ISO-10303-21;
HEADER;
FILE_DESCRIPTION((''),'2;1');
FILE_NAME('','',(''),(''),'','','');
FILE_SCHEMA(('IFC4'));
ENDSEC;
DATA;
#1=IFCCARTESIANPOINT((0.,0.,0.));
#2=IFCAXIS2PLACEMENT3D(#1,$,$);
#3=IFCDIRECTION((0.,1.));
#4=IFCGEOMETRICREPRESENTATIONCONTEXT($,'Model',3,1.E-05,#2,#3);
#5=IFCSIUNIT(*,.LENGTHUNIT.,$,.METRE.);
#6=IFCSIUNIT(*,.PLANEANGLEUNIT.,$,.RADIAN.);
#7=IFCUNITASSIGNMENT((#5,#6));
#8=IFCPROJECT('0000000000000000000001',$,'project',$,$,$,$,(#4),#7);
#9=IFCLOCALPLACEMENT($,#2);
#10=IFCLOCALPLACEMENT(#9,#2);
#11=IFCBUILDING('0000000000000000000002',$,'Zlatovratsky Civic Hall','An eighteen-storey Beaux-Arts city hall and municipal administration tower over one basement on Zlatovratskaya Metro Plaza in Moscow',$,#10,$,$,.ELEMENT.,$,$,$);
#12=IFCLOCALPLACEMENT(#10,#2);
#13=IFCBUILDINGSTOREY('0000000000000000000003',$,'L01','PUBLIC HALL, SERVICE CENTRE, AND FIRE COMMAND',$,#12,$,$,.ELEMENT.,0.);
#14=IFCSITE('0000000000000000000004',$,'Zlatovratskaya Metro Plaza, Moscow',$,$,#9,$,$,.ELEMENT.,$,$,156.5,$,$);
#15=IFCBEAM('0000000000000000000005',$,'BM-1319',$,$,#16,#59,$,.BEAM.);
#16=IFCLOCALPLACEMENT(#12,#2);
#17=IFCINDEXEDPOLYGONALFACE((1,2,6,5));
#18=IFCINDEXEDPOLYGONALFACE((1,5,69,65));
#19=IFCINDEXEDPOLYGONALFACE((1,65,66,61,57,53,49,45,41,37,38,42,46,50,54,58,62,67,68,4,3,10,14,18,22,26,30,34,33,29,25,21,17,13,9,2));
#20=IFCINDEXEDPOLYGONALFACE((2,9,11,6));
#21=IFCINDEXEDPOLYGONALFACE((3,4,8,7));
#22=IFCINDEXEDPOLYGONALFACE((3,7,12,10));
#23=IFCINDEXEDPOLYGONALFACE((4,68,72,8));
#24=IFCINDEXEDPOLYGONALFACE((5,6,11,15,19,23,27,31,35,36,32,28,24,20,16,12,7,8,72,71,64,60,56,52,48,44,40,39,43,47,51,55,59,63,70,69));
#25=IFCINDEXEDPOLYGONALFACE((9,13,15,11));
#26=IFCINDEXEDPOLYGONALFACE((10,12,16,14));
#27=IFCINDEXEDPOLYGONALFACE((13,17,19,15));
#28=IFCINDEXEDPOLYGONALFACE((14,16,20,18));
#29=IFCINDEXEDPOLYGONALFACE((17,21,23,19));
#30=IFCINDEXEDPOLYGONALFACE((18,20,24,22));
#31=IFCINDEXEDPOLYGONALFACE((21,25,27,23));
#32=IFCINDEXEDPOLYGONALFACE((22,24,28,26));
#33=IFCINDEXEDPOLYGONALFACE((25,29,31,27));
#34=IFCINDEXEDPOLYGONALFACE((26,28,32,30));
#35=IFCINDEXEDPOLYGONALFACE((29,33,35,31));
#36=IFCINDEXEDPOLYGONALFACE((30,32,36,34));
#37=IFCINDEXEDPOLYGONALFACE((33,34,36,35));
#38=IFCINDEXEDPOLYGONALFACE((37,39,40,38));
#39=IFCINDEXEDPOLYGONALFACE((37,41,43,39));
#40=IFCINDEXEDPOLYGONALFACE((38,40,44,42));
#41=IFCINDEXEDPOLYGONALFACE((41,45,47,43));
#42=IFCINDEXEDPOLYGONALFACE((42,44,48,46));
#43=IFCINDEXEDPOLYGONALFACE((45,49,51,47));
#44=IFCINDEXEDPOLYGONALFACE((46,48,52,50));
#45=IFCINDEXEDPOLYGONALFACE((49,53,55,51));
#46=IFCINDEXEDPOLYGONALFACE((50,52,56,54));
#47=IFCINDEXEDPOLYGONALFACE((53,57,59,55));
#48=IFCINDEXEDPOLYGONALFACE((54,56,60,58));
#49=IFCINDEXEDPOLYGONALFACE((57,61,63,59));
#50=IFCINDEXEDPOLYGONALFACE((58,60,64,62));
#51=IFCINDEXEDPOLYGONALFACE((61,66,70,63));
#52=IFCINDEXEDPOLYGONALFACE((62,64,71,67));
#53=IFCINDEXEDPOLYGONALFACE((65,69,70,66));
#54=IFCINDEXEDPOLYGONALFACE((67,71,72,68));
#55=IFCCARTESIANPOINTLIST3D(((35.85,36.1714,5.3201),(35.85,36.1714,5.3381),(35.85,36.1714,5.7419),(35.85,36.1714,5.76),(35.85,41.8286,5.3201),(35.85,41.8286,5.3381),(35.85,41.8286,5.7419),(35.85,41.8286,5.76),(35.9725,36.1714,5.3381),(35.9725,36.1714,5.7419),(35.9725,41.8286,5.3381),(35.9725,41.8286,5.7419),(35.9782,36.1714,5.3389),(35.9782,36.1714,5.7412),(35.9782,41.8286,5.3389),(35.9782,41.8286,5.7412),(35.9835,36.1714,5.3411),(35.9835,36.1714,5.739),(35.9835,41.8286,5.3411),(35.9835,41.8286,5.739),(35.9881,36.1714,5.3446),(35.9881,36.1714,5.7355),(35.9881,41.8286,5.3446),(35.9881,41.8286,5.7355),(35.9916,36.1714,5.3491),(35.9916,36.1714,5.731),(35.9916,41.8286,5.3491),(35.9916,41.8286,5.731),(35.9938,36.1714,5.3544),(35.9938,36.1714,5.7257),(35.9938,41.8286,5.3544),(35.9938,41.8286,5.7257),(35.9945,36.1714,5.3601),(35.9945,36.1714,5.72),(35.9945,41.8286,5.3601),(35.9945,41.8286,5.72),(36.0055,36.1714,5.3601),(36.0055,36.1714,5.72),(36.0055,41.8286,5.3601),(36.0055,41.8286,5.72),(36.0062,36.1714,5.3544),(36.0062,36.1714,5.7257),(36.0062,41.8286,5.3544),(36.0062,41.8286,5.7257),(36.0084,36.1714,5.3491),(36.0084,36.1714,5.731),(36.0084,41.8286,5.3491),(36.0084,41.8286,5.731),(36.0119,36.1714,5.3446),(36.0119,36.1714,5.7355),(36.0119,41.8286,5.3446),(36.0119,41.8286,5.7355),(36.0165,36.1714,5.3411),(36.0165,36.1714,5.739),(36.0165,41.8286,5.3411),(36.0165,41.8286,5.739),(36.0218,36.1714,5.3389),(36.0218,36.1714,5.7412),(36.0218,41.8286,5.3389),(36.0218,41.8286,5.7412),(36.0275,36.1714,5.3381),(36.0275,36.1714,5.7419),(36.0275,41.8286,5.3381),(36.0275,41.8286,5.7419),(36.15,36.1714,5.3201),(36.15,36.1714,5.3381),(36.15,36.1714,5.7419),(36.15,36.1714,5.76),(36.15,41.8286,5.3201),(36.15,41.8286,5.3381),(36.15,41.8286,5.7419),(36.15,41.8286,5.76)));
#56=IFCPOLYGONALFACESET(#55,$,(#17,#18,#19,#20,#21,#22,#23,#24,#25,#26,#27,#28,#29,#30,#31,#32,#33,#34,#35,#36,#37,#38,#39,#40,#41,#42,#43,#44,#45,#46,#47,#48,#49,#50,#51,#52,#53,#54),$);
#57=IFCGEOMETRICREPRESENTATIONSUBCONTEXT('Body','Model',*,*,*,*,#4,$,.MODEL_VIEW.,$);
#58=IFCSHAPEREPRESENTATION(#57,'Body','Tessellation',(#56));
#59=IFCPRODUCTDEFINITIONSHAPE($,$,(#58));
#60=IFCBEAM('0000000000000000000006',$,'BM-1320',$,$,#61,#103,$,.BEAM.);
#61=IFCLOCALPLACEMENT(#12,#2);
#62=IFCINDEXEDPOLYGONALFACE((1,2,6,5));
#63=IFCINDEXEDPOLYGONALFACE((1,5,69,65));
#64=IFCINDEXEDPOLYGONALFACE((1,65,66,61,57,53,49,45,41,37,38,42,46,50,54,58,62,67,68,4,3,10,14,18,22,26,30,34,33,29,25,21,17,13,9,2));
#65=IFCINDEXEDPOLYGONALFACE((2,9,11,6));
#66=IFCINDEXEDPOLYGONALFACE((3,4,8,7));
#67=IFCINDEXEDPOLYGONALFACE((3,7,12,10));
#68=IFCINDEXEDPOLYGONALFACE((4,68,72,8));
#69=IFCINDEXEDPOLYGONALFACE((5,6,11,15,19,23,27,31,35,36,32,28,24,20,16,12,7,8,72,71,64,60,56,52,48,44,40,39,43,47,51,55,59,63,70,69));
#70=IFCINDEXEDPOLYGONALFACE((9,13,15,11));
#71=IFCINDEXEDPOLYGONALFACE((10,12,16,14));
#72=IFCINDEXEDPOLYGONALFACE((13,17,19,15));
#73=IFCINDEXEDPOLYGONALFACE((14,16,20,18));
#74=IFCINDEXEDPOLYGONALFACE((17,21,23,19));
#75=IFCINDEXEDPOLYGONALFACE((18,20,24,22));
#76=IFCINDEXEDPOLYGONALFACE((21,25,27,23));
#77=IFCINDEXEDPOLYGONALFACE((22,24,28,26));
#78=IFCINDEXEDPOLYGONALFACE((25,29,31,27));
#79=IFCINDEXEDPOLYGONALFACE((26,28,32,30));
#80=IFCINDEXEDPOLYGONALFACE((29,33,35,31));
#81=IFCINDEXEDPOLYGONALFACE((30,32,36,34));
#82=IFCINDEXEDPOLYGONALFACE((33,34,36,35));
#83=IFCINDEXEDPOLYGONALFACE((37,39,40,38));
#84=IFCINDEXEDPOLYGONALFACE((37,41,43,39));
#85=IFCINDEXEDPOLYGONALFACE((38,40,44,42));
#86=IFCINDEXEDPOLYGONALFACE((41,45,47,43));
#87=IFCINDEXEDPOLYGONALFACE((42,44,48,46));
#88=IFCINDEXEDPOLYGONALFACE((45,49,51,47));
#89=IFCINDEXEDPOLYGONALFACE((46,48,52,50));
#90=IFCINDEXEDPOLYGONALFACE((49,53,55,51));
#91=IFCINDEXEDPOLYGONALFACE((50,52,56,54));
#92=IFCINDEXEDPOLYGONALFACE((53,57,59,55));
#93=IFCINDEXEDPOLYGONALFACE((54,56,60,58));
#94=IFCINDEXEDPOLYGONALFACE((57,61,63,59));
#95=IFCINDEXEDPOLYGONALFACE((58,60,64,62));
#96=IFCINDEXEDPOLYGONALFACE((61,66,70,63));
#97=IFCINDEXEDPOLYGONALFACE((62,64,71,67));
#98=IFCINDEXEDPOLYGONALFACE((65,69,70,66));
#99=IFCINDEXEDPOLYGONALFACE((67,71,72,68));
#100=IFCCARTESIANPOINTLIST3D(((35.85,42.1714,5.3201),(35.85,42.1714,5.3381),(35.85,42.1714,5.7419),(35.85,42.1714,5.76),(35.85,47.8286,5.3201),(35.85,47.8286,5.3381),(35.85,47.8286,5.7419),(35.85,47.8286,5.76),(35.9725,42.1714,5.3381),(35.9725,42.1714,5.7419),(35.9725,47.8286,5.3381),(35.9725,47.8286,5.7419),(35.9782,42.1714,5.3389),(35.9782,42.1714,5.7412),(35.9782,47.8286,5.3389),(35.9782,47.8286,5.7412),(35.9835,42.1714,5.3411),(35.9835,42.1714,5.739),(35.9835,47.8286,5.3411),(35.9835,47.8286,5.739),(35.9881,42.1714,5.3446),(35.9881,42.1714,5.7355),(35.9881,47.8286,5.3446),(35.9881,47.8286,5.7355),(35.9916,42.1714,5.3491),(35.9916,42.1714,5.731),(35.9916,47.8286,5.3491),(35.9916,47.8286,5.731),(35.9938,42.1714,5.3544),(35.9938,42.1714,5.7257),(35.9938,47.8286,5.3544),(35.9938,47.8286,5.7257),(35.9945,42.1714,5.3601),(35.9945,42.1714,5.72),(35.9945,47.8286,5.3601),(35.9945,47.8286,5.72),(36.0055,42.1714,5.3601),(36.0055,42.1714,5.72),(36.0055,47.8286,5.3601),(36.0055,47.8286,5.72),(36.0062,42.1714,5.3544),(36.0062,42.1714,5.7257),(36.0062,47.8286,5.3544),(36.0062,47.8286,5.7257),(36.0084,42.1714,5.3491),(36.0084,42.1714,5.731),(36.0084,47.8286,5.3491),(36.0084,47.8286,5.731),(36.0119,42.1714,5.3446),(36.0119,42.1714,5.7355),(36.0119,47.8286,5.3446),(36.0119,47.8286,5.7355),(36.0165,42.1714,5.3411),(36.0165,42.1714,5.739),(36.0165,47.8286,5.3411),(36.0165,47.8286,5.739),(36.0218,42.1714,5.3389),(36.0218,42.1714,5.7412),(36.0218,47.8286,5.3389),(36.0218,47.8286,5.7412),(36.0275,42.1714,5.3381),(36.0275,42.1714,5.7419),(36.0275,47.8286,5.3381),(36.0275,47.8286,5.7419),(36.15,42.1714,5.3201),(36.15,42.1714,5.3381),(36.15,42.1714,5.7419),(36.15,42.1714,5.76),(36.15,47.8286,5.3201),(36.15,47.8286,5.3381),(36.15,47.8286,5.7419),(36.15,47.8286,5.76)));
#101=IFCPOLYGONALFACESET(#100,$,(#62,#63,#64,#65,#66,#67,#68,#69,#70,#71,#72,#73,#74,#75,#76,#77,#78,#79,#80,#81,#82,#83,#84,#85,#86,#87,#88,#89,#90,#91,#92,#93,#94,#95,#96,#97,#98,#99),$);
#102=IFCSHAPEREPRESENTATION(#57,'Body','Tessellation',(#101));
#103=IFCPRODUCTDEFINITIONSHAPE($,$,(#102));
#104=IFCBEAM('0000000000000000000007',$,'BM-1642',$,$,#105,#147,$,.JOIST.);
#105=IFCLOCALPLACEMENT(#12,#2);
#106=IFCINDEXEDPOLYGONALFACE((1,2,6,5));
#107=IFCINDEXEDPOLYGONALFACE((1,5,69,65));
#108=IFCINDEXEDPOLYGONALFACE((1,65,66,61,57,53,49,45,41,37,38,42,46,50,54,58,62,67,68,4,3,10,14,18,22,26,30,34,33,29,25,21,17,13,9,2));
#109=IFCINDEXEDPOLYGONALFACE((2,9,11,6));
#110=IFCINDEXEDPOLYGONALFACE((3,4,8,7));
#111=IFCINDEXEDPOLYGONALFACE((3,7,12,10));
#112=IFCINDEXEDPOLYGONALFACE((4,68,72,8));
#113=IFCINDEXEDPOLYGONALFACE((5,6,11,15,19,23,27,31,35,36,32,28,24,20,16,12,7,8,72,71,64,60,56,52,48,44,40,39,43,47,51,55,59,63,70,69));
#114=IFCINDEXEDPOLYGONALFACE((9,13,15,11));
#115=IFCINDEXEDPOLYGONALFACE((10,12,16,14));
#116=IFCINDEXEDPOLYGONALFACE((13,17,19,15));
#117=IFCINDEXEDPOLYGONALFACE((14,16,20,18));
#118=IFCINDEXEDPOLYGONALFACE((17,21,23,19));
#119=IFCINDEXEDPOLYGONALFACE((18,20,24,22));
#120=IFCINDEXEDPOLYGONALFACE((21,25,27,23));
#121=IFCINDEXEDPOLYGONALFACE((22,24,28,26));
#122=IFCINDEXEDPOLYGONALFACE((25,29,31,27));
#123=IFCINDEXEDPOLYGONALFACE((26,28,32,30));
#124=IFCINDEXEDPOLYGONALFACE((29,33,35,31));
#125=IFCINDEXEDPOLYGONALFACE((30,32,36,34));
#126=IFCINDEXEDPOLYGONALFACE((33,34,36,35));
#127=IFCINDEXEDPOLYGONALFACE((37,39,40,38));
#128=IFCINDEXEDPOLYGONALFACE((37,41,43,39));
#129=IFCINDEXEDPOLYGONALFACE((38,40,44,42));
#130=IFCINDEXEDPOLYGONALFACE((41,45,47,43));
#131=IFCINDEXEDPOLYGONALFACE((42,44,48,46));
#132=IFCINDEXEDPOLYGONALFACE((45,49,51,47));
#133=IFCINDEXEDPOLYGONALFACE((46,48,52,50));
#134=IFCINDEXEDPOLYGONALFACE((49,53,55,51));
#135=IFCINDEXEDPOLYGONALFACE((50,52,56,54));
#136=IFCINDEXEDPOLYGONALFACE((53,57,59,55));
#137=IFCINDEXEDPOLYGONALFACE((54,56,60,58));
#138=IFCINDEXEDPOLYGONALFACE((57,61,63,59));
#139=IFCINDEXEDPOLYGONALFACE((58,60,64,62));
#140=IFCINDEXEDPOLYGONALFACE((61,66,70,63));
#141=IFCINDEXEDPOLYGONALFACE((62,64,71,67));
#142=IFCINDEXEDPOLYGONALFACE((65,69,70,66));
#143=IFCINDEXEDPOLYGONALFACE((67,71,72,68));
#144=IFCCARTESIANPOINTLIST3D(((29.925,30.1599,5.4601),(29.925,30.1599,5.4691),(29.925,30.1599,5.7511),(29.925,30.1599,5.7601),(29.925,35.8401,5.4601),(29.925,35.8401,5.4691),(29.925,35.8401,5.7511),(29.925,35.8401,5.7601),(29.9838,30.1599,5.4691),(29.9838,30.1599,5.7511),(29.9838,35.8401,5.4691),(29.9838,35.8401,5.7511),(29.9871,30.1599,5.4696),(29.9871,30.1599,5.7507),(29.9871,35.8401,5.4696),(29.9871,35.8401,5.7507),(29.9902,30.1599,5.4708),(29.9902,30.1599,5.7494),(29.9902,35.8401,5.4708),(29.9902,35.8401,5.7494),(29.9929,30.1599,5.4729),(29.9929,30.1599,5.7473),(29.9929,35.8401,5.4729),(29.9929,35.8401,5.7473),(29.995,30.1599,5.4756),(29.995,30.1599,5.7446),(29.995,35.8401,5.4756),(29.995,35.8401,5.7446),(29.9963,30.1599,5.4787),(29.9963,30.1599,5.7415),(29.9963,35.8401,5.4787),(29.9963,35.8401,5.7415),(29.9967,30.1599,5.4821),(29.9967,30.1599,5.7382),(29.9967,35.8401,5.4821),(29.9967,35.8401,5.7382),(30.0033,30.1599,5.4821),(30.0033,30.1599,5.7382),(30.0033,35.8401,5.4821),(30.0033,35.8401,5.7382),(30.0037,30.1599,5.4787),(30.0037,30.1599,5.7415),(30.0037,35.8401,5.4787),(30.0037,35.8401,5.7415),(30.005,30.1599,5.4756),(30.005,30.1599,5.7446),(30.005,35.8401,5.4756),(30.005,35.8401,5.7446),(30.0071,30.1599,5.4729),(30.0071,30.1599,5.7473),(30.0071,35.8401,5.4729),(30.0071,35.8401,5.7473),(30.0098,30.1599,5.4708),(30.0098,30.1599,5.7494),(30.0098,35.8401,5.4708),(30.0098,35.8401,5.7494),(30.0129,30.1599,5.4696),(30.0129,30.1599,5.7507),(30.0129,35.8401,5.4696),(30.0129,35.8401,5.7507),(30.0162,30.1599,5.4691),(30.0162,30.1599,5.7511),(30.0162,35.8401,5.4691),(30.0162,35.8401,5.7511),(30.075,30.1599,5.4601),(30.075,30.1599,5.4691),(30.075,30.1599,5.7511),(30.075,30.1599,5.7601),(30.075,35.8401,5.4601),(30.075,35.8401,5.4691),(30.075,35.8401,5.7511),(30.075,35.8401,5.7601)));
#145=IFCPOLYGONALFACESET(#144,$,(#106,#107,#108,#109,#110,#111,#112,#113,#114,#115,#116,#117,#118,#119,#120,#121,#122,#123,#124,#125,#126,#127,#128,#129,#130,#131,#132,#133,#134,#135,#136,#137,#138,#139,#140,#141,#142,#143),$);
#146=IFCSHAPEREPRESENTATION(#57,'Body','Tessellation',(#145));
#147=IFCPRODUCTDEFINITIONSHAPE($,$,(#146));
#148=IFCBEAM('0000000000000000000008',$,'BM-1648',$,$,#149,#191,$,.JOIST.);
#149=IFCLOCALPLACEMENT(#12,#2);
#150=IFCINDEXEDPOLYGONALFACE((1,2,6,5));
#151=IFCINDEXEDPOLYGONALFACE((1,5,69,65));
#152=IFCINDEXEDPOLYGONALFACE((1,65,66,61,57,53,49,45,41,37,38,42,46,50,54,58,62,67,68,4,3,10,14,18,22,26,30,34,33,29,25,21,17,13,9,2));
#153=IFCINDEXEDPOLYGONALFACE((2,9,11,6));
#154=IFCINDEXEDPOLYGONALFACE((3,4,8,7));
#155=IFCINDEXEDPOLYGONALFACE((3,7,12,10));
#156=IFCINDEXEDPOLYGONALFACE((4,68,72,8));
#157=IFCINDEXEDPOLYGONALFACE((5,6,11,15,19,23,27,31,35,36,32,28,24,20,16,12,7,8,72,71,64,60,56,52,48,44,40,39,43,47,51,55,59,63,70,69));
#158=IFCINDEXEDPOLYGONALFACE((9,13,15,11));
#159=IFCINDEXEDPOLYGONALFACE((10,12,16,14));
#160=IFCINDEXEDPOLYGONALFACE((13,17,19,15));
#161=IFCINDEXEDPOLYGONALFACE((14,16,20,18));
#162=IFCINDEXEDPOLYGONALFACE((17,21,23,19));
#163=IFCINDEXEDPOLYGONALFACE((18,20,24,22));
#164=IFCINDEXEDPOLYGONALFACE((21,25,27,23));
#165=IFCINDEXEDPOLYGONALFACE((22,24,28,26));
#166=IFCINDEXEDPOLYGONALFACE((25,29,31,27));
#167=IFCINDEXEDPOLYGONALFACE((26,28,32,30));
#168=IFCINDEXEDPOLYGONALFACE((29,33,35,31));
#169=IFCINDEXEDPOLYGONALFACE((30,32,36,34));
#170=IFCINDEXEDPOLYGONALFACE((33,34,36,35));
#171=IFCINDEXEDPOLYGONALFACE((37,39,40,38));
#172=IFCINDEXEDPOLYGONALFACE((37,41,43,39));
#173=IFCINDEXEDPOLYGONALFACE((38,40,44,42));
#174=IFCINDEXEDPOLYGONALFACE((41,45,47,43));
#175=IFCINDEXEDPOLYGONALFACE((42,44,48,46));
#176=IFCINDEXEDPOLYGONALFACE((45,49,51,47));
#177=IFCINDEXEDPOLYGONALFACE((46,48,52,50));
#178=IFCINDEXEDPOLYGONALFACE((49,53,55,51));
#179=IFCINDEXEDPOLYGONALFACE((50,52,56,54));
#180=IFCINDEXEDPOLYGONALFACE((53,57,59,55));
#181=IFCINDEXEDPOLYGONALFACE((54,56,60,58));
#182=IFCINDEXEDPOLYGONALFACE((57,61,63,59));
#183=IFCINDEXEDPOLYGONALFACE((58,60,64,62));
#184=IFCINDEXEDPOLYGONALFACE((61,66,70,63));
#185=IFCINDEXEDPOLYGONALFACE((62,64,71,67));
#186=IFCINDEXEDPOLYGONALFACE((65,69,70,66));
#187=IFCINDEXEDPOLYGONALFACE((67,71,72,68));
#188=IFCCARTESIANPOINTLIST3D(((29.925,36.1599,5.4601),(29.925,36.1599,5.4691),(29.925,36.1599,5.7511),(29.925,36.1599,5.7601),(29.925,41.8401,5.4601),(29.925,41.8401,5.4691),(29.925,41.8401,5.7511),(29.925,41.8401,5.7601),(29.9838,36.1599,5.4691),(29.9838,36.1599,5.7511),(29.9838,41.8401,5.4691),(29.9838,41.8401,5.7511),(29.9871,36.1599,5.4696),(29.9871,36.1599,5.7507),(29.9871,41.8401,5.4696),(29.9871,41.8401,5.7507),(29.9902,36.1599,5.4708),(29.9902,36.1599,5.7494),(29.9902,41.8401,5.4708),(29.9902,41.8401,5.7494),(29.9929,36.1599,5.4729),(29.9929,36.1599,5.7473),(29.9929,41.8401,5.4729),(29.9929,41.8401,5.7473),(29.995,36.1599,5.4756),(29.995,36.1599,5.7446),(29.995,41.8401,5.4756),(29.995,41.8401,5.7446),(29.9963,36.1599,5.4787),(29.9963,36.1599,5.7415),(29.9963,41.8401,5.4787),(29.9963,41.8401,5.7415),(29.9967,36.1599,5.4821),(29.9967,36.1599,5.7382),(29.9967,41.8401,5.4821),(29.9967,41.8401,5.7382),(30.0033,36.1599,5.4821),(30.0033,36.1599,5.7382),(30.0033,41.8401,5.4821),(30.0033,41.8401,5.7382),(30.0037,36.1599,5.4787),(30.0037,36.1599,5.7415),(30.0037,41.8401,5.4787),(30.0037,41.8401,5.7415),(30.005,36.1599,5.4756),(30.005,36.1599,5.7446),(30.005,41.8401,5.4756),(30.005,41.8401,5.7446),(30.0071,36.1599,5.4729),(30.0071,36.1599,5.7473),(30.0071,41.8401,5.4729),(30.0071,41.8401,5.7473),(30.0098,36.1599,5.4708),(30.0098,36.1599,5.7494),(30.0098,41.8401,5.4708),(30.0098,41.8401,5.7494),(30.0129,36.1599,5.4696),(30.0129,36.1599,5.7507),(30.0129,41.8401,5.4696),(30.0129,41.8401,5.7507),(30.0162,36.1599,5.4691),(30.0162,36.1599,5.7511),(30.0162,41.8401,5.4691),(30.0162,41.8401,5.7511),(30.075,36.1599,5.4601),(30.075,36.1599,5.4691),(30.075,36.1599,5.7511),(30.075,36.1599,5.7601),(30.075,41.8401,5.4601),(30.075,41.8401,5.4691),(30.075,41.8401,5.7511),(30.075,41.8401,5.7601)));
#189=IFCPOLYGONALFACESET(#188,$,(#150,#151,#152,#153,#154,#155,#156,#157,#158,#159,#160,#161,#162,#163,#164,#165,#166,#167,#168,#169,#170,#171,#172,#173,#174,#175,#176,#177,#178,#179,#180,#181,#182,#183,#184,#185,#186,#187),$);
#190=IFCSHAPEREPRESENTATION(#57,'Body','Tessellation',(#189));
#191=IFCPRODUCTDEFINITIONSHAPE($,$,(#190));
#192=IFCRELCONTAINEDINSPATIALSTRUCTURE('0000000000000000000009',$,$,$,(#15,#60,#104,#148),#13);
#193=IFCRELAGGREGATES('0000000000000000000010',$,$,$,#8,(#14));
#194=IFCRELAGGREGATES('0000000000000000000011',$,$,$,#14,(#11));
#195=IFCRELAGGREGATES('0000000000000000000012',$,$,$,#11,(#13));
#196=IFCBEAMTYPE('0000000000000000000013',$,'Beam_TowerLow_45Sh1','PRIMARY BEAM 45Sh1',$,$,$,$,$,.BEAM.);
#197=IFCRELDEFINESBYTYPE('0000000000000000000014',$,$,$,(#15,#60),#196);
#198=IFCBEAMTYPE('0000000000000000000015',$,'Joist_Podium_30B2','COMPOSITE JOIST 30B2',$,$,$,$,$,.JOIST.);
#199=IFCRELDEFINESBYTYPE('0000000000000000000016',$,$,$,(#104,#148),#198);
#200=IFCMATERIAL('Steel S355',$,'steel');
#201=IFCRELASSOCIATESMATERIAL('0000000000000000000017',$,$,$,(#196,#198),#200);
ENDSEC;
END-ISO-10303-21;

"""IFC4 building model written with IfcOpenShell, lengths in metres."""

from ifc_helpers import new_model, si_unit, direction, frame, origin, origin_2d, place, context, subcontext, project, spatial, i_section, extrude, material, material_profile, profile_set, type_object, element, save


model = new_model("IFC4")

# Units and contexts
model_context = context("Model", 3, precision=1e-05, world=origin(), true_north=direction((0.0, 1.0)))
body_context = subcontext(model_context, "Body", "Model", "MODEL_VIEW")
ifc_project = project(units=[si_unit("LENGTHUNIT", "METRE"), si_unit("PLANEANGLEUNIT", "RADIAN")], contexts=[model_context])

# Site, building, storey
site_placement = place(None, origin())
site = spatial("IfcSite", under=ifc_project, at=site_placement, Name="Zlatovratskaya Metro Plaza, Moscow", CompositionType="ELEMENT", RefElevation=156.5)
building_placement = place(site_placement, origin())
building = spatial("IfcBuilding", under=site, at=building_placement, Name="Zlatovratsky Civic Hall", Description="An eighteen-storey Beaux-Arts city hall and municipal administration tower over one basement on Zlatovratskaya Metro Plaza in Moscow", CompositionType="ELEMENT")
storey_placement = place(building_placement, origin())
storey = spatial("IfcBuildingStorey", under=building, at=storey_placement, Name="L01", Description="PUBLIC HALL, SERVICE CENTRE, AND FIRE COMMAND", CompositionType="ELEMENT", Elevation=0.0)

# Shared definitions
ifc_material = material(Name="Steel S355", Category="steel")

# Beams
ifc_material_profile_1 = material_profile(ifc_material, i_section(OverallWidth=0.3, OverallDepth=0.4399, WebThickness=0.011, FlangeThickness=0.0181, FilletRadius=0.022, at=origin_2d()), Name="45Sh1")
ifc_profile_set_1 = profile_set([ifc_material_profile_1], Name="Steel S355")
beam_type_1 = type_object("IfcBeamType", Name="Beam_TowerLow_45Sh1", Description="PRIMARY BEAM 45Sh1", PredefinedType="BEAM", material=ifc_profile_set_1)
for number, where, z_axis, x_axis, name in (
    (1, (36.0, 36.1714, 5.54), (0.0, 1.0, 0.0), (-1.0, 0.0, 0.0), "BM-1319"),
    (2, (36.0, 42.1714, 5.54), (0.0, 1.0, 0.0), (-1.0, 0.0, 0.0), "BM-1320"),
):
    element("IfcBeam", number, at=place(storey_placement, frame(where, z_axis=z_axis, x_axis=x_axis)), inside=storey, type_object=beam_type_1, Name=name, PredefinedType="BEAM", context=body_context, shape_type="SweptSolid", body=[
        extrude(i_section(OverallWidth=0.3, OverallDepth=0.4399, WebThickness=0.011, FlangeThickness=0.0181, FilletRadius=0.022, at=origin_2d()), origin(), (0.0, 0.0, 1.0), 5.6572),
    ])
ifc_material_profile_2 = material_profile(ifc_material, i_section(OverallWidth=0.1499, OverallDepth=0.3, WebThickness=0.0066, FlangeThickness=0.009, FilletRadius=0.0129, at=origin_2d()), Name="30B2")
ifc_profile_set_2 = profile_set([ifc_material_profile_2], Name="Steel S355")
beam_type_2 = type_object("IfcBeamType", Name="Joist_Podium_30B2", Description="COMPOSITE JOIST 30B2", PredefinedType="JOIST", material=ifc_profile_set_2)
for number, where, z_axis, x_axis, name in (
    (3, (30.0, 30.1599, 5.6101), (0.0, 1.0, 0.0), (-1.0, 0.0, 0.0), "BM-1642"),
    (4, (30.0, 36.1599, 5.6101), (0.0, 1.0, 0.0), (-1.0, 0.0, 0.0), "BM-1648"),
):
    element("IfcBeam", number, at=place(storey_placement, frame(where, z_axis=z_axis, x_axis=x_axis)), inside=storey, type_object=beam_type_2, Name=name, PredefinedType="JOIST", context=body_context, shape_type="SweptSolid", body=[
        extrude(i_section(OverallWidth=0.1499, OverallDepth=0.3, WebThickness=0.0066, FlangeThickness=0.009, FilletRadius=0.0129, at=origin_2d()), origin(), (0.0, 0.0, 1.0), 5.6802),
    ])

save(model, "model.ifc")
